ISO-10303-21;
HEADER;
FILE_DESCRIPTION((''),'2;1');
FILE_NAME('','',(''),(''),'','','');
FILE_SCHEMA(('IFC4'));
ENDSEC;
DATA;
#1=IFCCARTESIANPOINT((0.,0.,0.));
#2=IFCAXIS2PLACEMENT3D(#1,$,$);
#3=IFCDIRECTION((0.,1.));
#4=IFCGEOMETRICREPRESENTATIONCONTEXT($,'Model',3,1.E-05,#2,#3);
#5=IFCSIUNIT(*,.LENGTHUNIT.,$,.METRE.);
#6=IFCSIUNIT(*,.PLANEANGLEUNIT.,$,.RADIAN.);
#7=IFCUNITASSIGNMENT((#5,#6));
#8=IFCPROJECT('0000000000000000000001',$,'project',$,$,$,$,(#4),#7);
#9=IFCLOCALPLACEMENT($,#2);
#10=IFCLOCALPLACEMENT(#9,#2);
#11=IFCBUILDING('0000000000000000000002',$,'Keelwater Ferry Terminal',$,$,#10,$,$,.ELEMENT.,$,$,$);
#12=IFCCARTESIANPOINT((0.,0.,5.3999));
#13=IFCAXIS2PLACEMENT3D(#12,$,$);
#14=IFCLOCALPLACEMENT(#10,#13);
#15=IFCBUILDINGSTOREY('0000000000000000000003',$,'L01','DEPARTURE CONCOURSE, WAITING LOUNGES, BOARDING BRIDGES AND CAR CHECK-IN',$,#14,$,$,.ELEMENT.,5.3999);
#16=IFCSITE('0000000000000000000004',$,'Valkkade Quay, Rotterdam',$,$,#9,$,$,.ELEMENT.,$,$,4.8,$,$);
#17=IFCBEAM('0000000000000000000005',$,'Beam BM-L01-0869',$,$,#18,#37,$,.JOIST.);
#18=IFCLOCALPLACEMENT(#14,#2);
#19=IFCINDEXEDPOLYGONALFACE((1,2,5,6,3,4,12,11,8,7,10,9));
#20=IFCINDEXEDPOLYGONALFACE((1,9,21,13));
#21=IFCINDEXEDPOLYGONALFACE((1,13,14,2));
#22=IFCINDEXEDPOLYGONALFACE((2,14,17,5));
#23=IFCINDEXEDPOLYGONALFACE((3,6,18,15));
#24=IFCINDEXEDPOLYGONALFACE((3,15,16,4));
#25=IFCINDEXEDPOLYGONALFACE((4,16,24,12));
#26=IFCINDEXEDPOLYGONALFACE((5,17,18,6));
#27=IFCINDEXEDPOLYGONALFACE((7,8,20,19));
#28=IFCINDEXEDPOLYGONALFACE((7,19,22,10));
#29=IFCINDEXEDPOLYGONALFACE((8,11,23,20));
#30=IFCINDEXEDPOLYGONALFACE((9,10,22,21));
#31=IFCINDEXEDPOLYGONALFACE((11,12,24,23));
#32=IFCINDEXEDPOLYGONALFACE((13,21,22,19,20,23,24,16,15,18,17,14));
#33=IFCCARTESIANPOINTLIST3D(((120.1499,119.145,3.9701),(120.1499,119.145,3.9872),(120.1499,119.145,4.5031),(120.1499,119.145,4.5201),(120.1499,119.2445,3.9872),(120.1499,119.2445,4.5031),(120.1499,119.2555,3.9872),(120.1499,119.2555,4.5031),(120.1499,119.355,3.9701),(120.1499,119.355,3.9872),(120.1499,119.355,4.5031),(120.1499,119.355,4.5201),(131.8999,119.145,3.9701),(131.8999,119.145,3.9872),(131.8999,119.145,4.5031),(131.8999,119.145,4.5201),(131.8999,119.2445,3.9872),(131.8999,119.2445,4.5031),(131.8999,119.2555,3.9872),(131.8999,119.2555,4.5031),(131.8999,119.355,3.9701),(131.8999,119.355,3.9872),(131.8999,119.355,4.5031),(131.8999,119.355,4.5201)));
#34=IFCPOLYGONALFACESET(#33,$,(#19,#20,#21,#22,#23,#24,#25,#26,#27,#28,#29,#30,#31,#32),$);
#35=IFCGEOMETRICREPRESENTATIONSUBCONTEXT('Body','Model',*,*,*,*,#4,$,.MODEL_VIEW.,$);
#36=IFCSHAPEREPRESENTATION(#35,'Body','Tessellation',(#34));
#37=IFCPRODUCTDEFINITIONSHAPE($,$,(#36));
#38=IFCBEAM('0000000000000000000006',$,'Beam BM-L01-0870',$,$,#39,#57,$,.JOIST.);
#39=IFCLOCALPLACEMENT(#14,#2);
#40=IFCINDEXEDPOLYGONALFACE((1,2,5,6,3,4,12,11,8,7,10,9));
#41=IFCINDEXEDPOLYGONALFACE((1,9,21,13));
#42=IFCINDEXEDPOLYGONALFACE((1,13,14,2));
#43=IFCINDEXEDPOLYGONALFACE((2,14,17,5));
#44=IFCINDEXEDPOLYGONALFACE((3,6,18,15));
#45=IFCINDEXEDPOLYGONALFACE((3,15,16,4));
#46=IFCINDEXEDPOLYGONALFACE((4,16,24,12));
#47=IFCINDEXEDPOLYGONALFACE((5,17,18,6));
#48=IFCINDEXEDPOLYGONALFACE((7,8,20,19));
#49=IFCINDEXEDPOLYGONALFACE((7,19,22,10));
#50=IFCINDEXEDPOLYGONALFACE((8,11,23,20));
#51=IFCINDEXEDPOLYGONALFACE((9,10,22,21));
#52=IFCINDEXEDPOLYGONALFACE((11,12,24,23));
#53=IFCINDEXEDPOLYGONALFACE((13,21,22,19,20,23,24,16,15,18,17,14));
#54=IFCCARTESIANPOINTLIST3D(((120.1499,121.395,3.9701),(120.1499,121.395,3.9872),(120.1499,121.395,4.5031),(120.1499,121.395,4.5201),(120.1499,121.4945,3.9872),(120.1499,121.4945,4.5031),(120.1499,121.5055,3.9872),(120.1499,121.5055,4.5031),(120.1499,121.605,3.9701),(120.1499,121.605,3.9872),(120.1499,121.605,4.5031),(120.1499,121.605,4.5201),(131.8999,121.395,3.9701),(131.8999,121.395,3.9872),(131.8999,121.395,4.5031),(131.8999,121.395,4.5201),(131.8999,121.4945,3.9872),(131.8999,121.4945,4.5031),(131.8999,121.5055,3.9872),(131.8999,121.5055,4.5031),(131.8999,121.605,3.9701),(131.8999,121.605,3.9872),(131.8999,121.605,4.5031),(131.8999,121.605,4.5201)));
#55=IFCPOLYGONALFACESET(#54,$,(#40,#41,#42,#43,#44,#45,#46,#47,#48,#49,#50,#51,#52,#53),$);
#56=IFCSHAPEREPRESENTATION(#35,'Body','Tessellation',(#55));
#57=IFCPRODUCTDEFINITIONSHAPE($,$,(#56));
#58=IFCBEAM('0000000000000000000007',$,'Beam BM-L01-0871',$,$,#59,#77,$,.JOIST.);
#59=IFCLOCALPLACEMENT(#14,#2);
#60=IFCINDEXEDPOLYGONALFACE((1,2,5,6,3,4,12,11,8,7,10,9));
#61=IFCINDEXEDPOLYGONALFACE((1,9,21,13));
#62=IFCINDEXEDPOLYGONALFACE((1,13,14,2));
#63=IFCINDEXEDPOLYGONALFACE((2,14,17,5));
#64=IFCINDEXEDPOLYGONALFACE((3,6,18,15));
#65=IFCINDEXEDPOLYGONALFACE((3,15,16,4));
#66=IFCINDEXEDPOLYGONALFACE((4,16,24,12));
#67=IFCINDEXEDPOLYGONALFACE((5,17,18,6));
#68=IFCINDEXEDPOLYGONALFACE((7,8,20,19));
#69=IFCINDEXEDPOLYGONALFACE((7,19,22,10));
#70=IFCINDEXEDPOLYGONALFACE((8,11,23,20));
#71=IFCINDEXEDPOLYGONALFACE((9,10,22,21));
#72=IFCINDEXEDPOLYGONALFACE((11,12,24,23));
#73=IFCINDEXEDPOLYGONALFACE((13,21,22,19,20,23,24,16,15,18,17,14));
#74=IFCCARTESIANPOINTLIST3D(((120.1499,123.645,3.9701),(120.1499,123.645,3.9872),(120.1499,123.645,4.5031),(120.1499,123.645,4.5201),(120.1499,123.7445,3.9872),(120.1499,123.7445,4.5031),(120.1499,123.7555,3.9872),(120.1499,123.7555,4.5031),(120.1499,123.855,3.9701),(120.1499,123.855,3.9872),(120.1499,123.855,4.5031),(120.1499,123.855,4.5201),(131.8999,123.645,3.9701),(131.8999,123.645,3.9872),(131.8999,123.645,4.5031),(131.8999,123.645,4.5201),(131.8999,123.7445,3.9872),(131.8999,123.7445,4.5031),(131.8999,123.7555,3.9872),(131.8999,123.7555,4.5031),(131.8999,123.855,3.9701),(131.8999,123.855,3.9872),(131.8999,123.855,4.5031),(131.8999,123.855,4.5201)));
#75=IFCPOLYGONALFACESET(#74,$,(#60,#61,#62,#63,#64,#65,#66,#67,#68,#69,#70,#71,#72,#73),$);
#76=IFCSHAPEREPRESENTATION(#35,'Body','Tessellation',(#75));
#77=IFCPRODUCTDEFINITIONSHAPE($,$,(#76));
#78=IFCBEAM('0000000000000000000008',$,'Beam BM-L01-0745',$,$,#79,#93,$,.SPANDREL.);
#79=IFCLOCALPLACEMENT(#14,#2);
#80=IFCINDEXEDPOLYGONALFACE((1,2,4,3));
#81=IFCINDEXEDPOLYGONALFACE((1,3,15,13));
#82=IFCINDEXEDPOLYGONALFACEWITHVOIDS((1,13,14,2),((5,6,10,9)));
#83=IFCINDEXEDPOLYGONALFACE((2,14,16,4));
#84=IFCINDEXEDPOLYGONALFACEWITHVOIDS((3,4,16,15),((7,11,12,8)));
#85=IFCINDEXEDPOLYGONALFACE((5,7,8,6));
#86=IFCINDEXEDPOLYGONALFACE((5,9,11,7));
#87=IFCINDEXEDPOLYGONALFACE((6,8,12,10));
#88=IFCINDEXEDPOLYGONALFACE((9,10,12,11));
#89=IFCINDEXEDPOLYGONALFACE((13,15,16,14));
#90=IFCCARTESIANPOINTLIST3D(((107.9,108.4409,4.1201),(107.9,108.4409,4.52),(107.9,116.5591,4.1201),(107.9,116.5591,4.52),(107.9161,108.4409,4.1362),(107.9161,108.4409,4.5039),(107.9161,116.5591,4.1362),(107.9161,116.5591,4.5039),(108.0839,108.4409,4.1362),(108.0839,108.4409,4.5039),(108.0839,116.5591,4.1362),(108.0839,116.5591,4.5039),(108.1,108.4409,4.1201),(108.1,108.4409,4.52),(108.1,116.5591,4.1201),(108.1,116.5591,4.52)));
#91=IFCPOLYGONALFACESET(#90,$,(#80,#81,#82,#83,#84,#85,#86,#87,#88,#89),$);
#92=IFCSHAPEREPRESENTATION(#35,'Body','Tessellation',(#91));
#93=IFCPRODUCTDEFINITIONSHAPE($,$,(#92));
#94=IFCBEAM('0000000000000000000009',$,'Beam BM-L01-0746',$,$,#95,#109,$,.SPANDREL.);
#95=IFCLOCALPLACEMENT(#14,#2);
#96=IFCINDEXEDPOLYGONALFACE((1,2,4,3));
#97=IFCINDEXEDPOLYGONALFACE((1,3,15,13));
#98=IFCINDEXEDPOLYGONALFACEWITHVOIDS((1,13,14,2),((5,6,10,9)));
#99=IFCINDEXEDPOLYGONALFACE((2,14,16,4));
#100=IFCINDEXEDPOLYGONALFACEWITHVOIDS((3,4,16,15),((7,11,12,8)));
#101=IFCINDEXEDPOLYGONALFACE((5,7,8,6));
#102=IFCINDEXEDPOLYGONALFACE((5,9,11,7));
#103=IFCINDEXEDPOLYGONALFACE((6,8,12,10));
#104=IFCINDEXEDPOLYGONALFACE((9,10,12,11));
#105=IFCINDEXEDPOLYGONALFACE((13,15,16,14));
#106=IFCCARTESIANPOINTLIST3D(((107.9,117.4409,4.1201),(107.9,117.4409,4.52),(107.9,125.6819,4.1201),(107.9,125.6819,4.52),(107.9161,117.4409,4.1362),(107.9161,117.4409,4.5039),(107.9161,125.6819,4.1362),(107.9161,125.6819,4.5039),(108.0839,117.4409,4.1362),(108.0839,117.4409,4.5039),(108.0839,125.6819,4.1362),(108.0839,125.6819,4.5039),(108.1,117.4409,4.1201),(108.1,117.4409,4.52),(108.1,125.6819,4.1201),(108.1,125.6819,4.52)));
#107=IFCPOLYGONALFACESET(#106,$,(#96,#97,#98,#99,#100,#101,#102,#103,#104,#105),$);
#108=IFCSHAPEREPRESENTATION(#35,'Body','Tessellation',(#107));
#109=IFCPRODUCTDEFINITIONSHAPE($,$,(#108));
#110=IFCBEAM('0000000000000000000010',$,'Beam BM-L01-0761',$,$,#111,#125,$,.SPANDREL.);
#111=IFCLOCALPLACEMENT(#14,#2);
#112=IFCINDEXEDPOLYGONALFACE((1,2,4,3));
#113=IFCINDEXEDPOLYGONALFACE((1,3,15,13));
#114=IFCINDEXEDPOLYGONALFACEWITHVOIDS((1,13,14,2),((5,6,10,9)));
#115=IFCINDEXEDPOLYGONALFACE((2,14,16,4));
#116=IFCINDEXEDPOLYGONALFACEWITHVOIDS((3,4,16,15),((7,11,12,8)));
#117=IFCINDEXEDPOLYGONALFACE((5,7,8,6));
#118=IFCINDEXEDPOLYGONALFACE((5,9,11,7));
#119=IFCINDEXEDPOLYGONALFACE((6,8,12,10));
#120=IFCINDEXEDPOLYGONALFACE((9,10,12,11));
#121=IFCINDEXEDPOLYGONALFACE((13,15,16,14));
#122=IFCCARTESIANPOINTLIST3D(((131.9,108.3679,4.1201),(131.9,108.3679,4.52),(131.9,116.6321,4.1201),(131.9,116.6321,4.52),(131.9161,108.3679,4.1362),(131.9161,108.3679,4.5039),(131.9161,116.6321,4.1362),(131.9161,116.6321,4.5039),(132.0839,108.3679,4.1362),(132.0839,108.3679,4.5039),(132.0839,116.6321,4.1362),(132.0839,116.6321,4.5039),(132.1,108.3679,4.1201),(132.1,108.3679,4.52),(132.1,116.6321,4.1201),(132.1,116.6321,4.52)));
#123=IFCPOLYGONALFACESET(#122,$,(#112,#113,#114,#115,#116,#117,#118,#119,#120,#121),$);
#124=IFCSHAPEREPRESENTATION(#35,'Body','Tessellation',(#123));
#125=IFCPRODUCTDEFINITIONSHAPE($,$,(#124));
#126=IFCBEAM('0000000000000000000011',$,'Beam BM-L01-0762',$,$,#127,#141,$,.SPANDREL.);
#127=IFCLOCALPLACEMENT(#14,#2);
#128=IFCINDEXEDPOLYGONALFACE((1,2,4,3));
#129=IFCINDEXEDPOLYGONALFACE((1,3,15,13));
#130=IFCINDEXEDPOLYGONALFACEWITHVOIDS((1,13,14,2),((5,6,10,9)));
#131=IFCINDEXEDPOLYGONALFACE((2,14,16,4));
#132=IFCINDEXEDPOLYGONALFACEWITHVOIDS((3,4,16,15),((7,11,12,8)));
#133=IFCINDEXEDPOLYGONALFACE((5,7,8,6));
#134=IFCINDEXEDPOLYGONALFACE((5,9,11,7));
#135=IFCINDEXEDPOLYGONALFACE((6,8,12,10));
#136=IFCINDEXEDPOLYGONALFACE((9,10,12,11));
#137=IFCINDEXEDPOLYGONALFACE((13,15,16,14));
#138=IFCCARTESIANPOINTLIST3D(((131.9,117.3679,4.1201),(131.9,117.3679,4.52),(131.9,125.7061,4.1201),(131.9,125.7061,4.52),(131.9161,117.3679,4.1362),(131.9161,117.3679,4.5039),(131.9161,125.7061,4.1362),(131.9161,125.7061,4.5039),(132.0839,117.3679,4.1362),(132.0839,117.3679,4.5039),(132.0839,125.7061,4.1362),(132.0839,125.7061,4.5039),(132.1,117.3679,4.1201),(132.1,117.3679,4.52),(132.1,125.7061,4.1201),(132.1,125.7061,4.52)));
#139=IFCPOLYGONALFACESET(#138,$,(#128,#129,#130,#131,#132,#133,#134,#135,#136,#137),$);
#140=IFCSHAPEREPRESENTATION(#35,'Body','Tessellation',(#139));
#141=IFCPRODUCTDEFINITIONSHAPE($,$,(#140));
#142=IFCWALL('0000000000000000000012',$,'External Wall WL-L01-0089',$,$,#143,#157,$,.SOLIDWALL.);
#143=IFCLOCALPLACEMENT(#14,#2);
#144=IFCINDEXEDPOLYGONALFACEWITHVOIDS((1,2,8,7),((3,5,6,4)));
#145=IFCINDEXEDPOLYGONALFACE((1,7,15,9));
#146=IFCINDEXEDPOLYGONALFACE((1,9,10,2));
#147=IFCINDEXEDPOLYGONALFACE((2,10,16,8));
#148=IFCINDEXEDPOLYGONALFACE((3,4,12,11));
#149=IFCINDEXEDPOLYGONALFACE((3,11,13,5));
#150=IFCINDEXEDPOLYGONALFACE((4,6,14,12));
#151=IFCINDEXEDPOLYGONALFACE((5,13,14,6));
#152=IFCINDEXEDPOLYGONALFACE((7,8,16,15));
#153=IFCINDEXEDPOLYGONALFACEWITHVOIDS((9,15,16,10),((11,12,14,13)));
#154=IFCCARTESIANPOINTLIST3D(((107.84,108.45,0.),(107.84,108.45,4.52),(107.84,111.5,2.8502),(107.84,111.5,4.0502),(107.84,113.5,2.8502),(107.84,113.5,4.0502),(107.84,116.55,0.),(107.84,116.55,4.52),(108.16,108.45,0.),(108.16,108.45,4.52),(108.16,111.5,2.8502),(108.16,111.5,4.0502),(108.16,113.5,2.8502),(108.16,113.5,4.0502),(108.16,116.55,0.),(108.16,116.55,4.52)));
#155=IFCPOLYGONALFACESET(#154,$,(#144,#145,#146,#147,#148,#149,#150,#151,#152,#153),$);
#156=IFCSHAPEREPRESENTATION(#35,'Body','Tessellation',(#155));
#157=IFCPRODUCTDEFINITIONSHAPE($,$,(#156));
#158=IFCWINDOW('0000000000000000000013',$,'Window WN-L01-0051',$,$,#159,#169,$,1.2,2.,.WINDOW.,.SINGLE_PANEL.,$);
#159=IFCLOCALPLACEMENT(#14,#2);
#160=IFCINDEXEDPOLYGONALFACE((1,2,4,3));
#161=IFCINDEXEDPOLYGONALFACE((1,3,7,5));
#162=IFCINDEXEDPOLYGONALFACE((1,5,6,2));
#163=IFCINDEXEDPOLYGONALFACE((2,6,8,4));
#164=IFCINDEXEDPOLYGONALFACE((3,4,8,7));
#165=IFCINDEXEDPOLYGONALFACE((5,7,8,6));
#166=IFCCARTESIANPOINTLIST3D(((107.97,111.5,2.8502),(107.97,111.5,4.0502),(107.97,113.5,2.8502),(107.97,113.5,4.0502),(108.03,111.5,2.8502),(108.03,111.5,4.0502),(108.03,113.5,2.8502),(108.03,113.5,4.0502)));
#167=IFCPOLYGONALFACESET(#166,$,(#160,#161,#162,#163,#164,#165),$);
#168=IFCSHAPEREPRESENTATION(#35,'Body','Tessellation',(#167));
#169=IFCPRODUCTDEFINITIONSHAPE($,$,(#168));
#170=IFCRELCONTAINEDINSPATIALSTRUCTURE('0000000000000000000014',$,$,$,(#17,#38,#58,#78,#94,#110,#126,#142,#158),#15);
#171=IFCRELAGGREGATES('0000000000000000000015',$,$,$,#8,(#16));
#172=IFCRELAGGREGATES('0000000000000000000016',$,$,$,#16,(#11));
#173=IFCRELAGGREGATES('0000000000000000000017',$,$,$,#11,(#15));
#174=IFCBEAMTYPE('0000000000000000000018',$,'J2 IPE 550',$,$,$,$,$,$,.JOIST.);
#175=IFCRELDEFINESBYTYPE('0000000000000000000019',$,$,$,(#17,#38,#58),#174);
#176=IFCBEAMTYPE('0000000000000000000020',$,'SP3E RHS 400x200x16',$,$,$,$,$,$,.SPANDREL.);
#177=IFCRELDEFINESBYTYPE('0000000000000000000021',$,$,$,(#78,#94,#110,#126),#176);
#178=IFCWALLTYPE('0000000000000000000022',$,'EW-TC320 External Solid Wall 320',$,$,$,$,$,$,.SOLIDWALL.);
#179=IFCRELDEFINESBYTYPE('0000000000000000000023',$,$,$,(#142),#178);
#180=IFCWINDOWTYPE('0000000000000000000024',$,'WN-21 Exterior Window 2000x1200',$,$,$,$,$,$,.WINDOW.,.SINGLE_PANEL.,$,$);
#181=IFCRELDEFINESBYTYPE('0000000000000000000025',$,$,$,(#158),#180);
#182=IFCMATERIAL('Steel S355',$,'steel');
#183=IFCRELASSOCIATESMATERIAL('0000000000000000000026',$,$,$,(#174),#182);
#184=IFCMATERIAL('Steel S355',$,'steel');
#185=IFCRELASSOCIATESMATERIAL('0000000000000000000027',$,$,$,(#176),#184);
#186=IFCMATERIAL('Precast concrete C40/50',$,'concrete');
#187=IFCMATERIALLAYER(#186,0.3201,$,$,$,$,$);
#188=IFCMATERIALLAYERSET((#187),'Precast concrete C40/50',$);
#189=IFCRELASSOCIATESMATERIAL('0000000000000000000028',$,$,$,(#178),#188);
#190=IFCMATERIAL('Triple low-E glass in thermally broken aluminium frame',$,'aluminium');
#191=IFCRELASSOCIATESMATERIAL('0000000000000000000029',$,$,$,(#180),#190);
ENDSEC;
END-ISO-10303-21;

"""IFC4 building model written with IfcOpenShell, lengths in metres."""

from ifc_helpers import new_model, si_unit, direction, frame, frame_2d, origin, origin_2d, place, context, subcontext, project, spatial, rectangle, hollow_rectangle, i_section, extrude, material, layer, layer_set, material_profile, profile_set, type_object, element, fill, save


model = new_model("IFC4")

# Units and contexts
model_context = context("Model", 3, precision=1e-05, world=origin(), true_north=direction((0.0, 1.0)))
body_context = subcontext(model_context, "Body", "Model", "MODEL_VIEW")
ifc_project = project(units=[si_unit("LENGTHUNIT", "METRE"), si_unit("PLANEANGLEUNIT", "RADIAN")], contexts=[model_context])

# Site, building, storey
site_placement = place(None, origin())
site = spatial("IfcSite", under=ifc_project, at=site_placement, Name="Valkkade Quay, Rotterdam", CompositionType="ELEMENT", RefElevation=4.8)
building_placement = place(site_placement, origin())
building = spatial("IfcBuilding", under=site, at=building_placement, Name="Keelwater Ferry Terminal", CompositionType="ELEMENT")
storey_placement = place(building_placement, frame((0.0, 0.0, 5.3999)))
storey = spatial("IfcBuildingStorey", under=building, at=storey_placement, Name="L01", Description="DEPARTURE CONCOURSE, WAITING LOUNGES, BOARDING BRIDGES AND CAR CHECK-IN", CompositionType="ELEMENT", Elevation=5.3999)

# Beams
ifc_material_1 = material(Name="Steel S355", Category="steel")
ifc_material_profile_1 = material_profile(ifc_material_1, i_section(OverallWidth=0.21, OverallDepth=0.55, WebThickness=0.011, FlangeThickness=0.0171, at=origin_2d()), Name="IPE 550")
ifc_profile_set_1 = profile_set([ifc_material_profile_1], Name="Steel S355")
beam_type_1 = type_object("IfcBeamType", Name="J2 IPE 550", PredefinedType="JOIST", material=ifc_profile_set_1)
for number, where, z_axis, x_axis, name in (
    (1, (120.1499, 119.25, 4.2451), (1.0, 0.0, 0.0), (0.0, 1.0, 0.0), "Beam BM-L01-0869"),
    (2, (120.1499, 121.5, 4.2451), (1.0, 0.0, 0.0), (0.0, 1.0, 0.0), "Beam BM-L01-0870"),
    (3, (120.1499, 123.75, 4.2451), (1.0, 0.0, 0.0), (0.0, 1.0, 0.0), "Beam BM-L01-0871"),
):
    element("IfcBeam", number, at=place(storey_placement, frame(where, z_axis=z_axis, x_axis=x_axis)), inside=storey, type_object=beam_type_1, Name=name, PredefinedType="JOIST", context=body_context, shape_type="SweptSolid", body=[
        extrude(i_section(OverallWidth=0.21, OverallDepth=0.55, WebThickness=0.011, FlangeThickness=0.0171, at=origin_2d()), origin(), (0.0, 0.0, 1.0), 11.75),
    ])
ifc_material_2 = material(Name="Steel S355", Category="steel")
ifc_material_profile_2 = material_profile(ifc_material_2, hollow_rectangle(XDim=0.2, YDim=0.3999, WallThickness=0.0161, at=origin_2d()), Name="RHS 400x200x16")
ifc_profile_set_2 = profile_set([ifc_material_profile_2], Name="Steel S355")
beam_type_2 = type_object("IfcBeamType", Name="SP3E RHS 400x200x16", PredefinedType="SPANDREL", material=ifc_profile_set_2)
beam_1_placement = place(storey_placement, frame((108.0, 108.4409, 4.3201), z_axis=(0.0, 1.0, 0.0), x_axis=(-1.0, 0.0, 0.0)))
element("IfcBeam", 4, at=beam_1_placement, inside=storey, type_object=beam_type_2, Name="Beam BM-L01-0745", PredefinedType="SPANDREL", context=body_context, shape_type="SweptSolid", body=[
    extrude(hollow_rectangle(XDim=0.2, YDim=0.3999, WallThickness=0.0161, at=origin_2d()), origin(), (0.0, 0.0, 1.0), 8.1182),
])
beam_2_placement = place(storey_placement, frame((108.0, 117.4409, 4.3201), z_axis=(0.0, 1.0, 0.0), x_axis=(-1.0, 0.0, 0.0)))
element("IfcBeam", 5, at=beam_2_placement, inside=storey, type_object=beam_type_2, Name="Beam BM-L01-0746", PredefinedType="SPANDREL", context=body_context, shape_type="SweptSolid", body=[
    extrude(hollow_rectangle(XDim=0.2, YDim=0.3999, WallThickness=0.0161, at=origin_2d()), origin(), (0.0, 0.0, 1.0), 8.241),
])
beam_3_placement = place(storey_placement, frame((132.0, 108.3679, 4.3201), z_axis=(0.0, 1.0, 0.0), x_axis=(-1.0, 0.0, 0.0)))
element("IfcBeam", 6, at=beam_3_placement, inside=storey, type_object=beam_type_2, Name="Beam BM-L01-0761", PredefinedType="SPANDREL", context=body_context, shape_type="SweptSolid", body=[
    extrude(hollow_rectangle(XDim=0.2, YDim=0.3999, WallThickness=0.0161, at=origin_2d()), origin(), (0.0, 0.0, 1.0), 8.2642),
])
beam_4_placement = place(storey_placement, frame((132.0, 117.3679, 4.3201), z_axis=(0.0, 1.0, 0.0), x_axis=(-1.0, 0.0, 0.0)))
element("IfcBeam", 7, at=beam_4_placement, inside=storey, type_object=beam_type_2, Name="Beam BM-L01-0762", PredefinedType="SPANDREL", context=body_context, shape_type="SweptSolid", body=[
    extrude(hollow_rectangle(XDim=0.2, YDim=0.3999, WallThickness=0.0161, at=origin_2d()), origin(), (0.0, 0.0, 1.0), 8.3381),
])

# Wall, opening, window
ifc_material_3 = material(Name="Precast concrete C40/50", Category="concrete")
ifc_layer = layer(ifc_material_3, 0.3201)
ifc_layer_set = layer_set([ifc_layer], Name="Precast concrete C40/50")
wall_type = type_object("IfcWallType", Name="EW-TC320 External Solid Wall 320", PredefinedType="SOLIDWALL", material=ifc_layer_set)
wall_1_placement = place(storey_placement, frame((108.0, 116.55, 0.0), z_axis=(0.0, 0.0, 1.0), x_axis=(0.0, -1.0, 0.0)))
wall_1 = element("IfcWall", 8, at=wall_1_placement, inside=storey, type_object=wall_type, Name="External Wall WL-L01-0089", PredefinedType="SOLIDWALL", context=body_context, shape_type="SweptSolid", body=[
    extrude(rectangle(XDim=8.1001, YDim=0.3201, at=frame_2d((4.05, 0.0))), origin(), (0.0, 0.0, 1.0), 4.52),
])
opening_1_placement = place(wall_1_placement, frame((3.05, 0.0, 2.8501)))
opening_1 = element("IfcOpeningElement", 9, at=opening_1_placement, cuts=wall_1, PredefinedType="OPENING", context=body_context, shape_type="SweptSolid", body=[
    extrude(rectangle(XDim=2.0, YDim=1.2, at=frame_2d((1.0, 0.6001))), frame((0.0, 0.1702, 0.0), z_axis=(0.0, -1.0, 0.0), x_axis=(1.0, 0.0, 0.0)), (0.0, 0.0, 1.0), 0.3401),
])
ifc_material_4 = material(Name="Triple low-E glass in thermally broken aluminium frame", Category="aluminium")
window_type_1 = type_object("IfcWindowType", Name="WN-21 Exterior Window 2000x1200", PartitioningType="SINGLE_PANEL", PredefinedType="WINDOW", material=ifc_material_4)
window_1_placement = place(opening_1_placement, origin())
window_1 = element("IfcWindow", 10, at=window_1_placement, inside=storey, type_object=window_type_1, Name="Window WN-L01-0051", OverallHeight=1.2, OverallWidth=2.0, PartitioningType="SINGLE_PANEL", PredefinedType="WINDOW", context=body_context, shape_type="SweptSolid", body=[
    extrude(rectangle(XDim=2.0, YDim=1.2, at=frame_2d((1.0, 0.6001))), frame((0.0, 0.03, 0.0), z_axis=(0.0, -1.0, 0.0), x_axis=(1.0, 0.0, 0.0)), (0.0, 0.0, 1.0), 0.0601),
])
fill(opening_1, window_1)

save(model, "model.ifc")
